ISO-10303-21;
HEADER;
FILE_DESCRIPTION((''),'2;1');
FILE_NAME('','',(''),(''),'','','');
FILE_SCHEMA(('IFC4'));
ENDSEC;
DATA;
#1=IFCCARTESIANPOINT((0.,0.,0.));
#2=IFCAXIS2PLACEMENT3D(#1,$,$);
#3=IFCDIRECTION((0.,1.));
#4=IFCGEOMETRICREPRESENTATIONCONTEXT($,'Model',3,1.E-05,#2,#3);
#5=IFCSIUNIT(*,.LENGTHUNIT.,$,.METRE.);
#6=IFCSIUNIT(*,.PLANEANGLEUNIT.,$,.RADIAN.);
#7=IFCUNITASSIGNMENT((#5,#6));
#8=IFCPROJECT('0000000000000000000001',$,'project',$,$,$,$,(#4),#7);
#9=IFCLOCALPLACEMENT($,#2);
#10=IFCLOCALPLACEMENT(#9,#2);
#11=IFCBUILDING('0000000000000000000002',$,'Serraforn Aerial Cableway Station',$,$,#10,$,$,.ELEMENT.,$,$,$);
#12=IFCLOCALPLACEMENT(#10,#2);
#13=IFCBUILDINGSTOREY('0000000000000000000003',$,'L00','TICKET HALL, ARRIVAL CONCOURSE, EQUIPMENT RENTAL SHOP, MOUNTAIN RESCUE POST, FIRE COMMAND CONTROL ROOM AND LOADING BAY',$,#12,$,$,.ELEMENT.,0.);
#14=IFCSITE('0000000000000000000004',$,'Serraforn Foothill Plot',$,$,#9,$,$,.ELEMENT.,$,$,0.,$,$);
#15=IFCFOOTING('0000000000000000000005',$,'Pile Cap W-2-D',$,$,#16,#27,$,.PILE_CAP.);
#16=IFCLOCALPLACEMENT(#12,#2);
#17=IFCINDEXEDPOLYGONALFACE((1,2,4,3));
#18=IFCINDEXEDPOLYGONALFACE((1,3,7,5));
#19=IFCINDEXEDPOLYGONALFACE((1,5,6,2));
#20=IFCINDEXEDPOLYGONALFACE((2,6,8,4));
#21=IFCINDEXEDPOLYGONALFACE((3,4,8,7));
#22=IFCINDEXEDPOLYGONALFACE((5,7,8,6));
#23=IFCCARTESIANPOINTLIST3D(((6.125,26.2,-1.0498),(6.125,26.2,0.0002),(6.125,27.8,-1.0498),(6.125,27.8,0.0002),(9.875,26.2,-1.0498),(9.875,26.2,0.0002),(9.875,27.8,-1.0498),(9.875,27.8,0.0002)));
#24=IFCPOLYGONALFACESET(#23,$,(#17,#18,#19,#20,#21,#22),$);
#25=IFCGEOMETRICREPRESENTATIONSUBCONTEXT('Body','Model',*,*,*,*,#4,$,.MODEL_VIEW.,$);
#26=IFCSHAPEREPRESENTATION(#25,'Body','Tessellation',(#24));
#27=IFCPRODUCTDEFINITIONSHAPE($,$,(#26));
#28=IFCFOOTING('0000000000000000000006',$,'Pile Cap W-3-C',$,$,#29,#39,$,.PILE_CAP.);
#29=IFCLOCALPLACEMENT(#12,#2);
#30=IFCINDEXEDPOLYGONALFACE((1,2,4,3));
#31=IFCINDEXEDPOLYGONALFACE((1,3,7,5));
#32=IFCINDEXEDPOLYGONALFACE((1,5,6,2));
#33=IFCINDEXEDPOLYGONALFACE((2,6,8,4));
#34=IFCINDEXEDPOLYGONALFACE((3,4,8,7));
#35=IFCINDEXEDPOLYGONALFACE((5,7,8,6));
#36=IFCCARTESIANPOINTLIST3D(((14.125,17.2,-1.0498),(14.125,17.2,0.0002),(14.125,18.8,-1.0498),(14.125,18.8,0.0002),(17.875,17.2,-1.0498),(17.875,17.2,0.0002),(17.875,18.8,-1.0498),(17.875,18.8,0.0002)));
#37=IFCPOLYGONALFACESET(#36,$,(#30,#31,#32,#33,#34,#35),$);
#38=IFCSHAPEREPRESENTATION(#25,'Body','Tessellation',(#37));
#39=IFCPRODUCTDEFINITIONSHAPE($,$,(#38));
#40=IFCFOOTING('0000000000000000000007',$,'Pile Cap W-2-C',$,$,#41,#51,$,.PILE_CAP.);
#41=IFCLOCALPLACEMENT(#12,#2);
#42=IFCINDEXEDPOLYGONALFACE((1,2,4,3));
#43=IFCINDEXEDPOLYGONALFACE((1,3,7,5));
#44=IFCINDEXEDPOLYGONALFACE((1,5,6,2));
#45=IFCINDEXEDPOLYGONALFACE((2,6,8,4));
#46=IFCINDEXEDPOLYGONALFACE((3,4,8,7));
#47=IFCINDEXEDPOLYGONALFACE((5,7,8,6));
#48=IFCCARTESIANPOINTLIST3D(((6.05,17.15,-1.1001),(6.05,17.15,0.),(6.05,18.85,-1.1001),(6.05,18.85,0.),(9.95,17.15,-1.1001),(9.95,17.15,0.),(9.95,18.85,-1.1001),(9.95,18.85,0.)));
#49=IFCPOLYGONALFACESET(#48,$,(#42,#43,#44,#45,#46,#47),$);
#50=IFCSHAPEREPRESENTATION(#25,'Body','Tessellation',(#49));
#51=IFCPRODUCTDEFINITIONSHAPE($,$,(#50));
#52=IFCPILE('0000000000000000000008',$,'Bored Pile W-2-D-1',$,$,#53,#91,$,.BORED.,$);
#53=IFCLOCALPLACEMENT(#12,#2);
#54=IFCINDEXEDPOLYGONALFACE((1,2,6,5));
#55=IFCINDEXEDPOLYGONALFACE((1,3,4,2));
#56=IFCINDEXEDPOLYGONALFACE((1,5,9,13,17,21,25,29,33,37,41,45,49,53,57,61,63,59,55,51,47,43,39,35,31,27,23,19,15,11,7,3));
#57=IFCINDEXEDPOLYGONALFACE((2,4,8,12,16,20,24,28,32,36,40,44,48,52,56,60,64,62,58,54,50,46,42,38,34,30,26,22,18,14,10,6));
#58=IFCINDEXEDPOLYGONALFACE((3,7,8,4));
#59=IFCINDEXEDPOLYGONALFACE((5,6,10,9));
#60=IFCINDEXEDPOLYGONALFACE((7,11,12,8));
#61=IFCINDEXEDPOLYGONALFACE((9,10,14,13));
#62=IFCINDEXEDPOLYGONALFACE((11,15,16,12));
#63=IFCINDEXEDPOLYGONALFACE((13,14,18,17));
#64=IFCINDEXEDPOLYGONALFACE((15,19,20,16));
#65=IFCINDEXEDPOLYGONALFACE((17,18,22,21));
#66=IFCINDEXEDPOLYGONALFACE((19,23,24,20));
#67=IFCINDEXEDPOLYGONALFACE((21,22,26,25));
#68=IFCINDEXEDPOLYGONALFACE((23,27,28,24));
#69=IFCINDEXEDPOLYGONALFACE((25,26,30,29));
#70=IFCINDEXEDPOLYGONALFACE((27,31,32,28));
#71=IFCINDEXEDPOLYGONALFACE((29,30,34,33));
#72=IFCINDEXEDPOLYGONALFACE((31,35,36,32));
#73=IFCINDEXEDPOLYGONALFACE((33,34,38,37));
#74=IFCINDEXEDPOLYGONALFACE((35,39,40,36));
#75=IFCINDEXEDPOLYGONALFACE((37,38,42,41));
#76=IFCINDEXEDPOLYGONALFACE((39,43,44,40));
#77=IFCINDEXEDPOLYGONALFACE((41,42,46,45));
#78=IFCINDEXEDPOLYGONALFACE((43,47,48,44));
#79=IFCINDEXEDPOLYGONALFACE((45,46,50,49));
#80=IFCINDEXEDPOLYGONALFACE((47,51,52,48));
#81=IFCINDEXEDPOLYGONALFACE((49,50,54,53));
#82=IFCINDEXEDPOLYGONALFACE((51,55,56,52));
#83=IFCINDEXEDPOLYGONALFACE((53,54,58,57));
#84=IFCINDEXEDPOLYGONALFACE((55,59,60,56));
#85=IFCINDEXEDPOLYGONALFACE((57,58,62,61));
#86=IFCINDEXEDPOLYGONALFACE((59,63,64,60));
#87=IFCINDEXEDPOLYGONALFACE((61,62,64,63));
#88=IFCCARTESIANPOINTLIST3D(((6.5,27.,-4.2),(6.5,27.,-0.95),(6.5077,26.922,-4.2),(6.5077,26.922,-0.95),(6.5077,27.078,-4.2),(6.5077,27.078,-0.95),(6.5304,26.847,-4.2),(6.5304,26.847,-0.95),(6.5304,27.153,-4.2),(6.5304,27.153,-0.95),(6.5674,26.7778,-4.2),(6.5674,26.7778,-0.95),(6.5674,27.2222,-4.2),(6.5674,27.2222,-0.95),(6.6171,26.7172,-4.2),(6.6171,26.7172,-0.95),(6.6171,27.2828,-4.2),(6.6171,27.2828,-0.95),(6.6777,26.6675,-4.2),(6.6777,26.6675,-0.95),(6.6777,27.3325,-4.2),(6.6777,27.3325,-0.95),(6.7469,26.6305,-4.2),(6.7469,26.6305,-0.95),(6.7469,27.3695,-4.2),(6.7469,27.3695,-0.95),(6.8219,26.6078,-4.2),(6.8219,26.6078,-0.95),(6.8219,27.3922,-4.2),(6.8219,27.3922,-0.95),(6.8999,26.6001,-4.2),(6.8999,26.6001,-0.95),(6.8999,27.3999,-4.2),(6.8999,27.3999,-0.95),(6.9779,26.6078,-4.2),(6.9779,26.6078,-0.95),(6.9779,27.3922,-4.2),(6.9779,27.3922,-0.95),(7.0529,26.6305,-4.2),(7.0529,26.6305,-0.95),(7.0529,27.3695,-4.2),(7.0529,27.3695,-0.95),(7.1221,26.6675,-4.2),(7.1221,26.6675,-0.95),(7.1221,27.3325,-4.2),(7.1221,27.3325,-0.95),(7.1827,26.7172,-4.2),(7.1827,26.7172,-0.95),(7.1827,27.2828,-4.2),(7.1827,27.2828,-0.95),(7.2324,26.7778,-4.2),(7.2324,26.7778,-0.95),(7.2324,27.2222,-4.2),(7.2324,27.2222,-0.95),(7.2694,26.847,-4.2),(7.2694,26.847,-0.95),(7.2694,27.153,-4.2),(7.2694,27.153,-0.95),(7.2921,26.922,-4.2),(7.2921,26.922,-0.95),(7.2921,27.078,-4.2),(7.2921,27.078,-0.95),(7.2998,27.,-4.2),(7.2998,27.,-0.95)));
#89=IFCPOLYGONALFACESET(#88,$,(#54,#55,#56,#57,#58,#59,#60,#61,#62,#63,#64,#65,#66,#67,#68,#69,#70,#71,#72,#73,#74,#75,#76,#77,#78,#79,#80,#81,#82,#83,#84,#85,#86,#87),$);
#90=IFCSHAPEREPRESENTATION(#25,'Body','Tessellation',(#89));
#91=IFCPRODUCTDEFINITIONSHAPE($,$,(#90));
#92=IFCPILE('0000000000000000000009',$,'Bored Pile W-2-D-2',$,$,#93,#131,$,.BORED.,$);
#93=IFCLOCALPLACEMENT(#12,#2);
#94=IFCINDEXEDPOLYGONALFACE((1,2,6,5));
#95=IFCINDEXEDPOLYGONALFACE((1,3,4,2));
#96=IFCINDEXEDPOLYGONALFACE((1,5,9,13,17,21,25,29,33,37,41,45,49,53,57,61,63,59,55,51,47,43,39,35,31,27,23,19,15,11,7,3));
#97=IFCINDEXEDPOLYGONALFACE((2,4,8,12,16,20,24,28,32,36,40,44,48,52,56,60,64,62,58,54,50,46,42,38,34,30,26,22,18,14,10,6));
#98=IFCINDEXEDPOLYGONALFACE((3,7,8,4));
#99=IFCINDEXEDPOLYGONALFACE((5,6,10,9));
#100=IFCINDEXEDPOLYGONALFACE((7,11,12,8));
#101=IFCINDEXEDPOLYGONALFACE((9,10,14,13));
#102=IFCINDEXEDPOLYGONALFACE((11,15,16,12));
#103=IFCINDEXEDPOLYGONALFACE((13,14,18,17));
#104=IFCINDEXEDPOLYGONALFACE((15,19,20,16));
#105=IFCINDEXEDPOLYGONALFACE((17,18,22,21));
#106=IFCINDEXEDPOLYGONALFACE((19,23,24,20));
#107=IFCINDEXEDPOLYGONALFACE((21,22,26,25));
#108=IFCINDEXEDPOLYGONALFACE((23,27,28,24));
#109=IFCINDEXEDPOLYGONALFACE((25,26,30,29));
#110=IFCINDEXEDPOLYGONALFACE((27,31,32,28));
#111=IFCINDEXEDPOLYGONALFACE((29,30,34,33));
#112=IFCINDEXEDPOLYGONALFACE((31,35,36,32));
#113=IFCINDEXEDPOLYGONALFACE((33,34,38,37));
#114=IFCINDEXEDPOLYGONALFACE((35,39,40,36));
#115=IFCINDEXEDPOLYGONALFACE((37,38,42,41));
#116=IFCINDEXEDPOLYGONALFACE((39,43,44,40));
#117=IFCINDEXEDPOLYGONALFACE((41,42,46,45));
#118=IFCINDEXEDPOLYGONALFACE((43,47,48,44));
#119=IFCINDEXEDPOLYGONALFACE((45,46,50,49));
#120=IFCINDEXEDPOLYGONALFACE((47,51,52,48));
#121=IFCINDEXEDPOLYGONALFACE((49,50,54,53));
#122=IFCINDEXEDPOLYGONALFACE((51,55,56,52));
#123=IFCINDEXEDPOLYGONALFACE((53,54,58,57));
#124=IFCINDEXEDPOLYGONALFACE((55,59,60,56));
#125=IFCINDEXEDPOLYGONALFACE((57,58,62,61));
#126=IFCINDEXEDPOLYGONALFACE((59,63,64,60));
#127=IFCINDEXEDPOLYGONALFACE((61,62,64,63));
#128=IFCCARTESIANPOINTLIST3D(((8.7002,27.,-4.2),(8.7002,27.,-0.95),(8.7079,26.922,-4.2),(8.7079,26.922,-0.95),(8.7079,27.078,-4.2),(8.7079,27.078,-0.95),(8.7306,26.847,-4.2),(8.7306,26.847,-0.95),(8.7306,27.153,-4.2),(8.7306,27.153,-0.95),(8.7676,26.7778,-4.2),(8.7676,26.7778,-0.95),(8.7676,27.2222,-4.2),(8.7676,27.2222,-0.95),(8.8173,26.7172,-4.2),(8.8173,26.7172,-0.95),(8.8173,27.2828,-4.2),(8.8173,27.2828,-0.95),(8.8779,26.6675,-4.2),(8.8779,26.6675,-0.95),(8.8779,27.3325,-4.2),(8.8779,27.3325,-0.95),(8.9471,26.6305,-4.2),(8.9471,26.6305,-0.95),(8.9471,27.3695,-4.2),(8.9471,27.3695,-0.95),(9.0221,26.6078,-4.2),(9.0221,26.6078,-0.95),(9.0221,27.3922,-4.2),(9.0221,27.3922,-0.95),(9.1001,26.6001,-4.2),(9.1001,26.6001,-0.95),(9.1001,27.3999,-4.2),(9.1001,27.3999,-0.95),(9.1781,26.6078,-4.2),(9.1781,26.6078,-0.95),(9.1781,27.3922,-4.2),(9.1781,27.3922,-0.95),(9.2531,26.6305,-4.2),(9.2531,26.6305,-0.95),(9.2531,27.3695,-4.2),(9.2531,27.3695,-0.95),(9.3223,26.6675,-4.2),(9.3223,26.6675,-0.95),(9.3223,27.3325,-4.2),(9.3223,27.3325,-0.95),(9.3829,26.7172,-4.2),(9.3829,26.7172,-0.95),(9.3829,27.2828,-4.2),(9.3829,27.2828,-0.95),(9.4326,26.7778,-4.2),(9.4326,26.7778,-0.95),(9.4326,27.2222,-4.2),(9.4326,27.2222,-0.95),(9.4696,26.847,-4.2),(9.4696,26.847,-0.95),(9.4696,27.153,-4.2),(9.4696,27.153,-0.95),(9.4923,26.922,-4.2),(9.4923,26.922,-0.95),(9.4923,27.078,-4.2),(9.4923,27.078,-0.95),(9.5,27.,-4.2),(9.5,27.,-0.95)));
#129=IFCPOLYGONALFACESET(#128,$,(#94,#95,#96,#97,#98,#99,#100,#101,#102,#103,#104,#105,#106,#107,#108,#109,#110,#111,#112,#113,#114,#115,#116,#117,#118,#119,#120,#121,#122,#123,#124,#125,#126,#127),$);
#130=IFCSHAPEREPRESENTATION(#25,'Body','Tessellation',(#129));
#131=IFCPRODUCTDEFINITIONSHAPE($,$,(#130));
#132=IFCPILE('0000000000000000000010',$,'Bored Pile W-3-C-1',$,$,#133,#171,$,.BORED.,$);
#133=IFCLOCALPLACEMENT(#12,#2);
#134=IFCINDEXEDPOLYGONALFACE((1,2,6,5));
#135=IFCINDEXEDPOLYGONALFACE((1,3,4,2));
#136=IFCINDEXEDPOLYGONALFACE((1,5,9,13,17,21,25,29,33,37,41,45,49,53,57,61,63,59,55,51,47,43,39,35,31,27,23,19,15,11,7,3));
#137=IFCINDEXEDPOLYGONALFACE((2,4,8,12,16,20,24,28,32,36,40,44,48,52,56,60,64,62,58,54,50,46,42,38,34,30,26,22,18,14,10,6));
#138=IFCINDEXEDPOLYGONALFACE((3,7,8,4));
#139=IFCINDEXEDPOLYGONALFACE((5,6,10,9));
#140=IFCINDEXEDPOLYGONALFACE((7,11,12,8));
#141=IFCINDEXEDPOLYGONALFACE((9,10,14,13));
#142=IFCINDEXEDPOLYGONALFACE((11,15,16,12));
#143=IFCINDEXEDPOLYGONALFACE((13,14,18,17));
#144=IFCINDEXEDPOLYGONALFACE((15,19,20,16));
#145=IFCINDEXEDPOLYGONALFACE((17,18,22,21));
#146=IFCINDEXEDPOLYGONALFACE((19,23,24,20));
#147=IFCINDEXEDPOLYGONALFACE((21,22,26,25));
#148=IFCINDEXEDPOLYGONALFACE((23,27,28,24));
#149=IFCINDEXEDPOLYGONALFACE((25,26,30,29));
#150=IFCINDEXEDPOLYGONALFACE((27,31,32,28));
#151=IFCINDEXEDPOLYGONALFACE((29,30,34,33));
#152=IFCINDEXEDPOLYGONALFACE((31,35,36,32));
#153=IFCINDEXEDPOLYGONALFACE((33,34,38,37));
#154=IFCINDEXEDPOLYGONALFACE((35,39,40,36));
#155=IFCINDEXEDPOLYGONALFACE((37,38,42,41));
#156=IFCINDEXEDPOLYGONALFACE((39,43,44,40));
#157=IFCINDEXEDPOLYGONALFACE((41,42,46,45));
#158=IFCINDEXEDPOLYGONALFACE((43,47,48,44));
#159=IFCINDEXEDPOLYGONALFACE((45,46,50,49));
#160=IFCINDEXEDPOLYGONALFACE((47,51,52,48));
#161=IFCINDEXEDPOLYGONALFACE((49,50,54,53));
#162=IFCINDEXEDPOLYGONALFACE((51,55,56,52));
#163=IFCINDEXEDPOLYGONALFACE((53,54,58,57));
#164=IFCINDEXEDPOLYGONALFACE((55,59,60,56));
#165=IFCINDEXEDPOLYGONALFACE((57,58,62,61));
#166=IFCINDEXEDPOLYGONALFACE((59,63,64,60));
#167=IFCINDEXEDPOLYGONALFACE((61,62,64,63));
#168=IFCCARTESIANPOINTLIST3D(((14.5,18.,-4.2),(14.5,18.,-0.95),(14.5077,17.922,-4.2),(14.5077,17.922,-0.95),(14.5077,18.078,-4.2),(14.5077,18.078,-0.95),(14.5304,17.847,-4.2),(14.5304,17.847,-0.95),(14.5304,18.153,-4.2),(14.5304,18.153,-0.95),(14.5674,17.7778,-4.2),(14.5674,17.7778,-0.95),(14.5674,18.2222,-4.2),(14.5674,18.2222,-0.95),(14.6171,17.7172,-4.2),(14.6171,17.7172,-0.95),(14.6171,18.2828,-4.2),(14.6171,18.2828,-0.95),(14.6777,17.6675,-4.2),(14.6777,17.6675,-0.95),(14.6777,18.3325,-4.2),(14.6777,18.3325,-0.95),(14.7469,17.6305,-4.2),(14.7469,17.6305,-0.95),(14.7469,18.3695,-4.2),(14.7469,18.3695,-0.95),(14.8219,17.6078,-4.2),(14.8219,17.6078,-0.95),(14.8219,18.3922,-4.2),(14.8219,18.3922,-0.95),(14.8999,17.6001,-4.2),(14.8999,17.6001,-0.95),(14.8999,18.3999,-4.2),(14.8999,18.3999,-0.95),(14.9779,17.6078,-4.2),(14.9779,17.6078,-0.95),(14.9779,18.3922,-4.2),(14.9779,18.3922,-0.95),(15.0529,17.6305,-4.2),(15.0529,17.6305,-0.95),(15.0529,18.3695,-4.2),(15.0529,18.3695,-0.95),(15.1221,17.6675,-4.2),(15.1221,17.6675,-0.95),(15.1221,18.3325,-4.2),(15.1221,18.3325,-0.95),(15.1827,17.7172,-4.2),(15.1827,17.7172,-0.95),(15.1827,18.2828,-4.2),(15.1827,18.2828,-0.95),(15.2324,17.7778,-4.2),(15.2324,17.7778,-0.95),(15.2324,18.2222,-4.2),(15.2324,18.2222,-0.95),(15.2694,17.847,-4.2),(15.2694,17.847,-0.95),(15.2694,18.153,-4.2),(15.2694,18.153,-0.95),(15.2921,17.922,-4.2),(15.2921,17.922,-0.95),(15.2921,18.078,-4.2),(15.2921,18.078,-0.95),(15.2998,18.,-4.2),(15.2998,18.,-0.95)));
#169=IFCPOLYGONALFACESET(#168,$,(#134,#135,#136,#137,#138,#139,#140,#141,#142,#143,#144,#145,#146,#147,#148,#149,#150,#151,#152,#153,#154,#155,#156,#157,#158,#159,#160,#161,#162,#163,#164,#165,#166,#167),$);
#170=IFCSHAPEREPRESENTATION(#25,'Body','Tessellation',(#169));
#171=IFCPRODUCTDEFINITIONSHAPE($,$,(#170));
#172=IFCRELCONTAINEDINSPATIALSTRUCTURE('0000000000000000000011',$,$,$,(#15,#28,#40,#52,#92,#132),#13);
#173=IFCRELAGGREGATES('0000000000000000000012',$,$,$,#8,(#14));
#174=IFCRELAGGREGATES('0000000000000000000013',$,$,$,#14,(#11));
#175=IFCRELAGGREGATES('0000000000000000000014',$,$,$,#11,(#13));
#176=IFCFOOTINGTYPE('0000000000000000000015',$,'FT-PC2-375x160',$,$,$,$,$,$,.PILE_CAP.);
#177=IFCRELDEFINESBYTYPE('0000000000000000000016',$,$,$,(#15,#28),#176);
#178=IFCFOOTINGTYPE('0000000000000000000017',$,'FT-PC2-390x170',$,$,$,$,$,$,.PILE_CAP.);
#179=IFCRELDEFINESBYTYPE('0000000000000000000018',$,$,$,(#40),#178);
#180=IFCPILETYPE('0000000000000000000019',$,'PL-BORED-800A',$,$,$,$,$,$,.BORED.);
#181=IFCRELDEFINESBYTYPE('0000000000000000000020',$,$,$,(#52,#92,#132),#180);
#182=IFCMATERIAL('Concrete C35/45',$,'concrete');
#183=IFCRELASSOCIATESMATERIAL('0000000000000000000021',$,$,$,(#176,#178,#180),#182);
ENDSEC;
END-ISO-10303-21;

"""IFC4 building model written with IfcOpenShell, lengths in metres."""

from ifc_helpers import new_model, si_unit, direction, frame, origin, origin_2d, place, context, subcontext, project, spatial, rectangle, circle, extrude, material, material_profile, profile_set, type_object, element, save


model = new_model("IFC4")

# Units and contexts
model_context = context("Model", 3, precision=1e-05, world=origin(), true_north=direction((0.0, 1.0)))
body_context = subcontext(model_context, "Body", "Model", "MODEL_VIEW")
ifc_project = project(units=[si_unit("LENGTHUNIT", "METRE"), si_unit("PLANEANGLEUNIT", "RADIAN")], contexts=[model_context])

# Site, building, storey
site_placement = place(None, origin())
site = spatial("IfcSite", under=ifc_project, at=site_placement, Name="Serraforn Foothill Plot", CompositionType="ELEMENT", RefElevation=0.0)
building_placement = place(site_placement, origin())
building = spatial("IfcBuilding", under=site, at=building_placement, Name="Serraforn Aerial Cableway Station", CompositionType="ELEMENT")
storey_placement = place(building_placement, origin())
storey = spatial("IfcBuildingStorey", under=building, at=storey_placement, Name="L00", Description="TICKET HALL, ARRIVAL CONCOURSE, EQUIPMENT RENTAL SHOP, MOUNTAIN RESCUE POST, FIRE COMMAND CONTROL ROOM AND LOADING BAY", CompositionType="ELEMENT", Elevation=0.0)

# Footings
ifc_material_1 = material(Name="Concrete C35/45", Category="concrete")
footing_type_1 = type_object("IfcFootingType", Name="FT-PC2-375x160", PredefinedType="PILE_CAP", material=ifc_material_1)
for number, where, z_axis, x_axis, name in (
    (1, (8.0, 27.0, -1.0498), (0.0, 0.0, 1.0), (1.0, 0.0, 0.0), "Pile Cap W-2-D"),
    (2, (16.0, 18.0, -1.0498), (0.0, 0.0, 1.0), (1.0, 0.0, 0.0), "Pile Cap W-3-C"),
):
    element("IfcFooting", number, at=place(storey_placement, frame(where, z_axis=z_axis, x_axis=x_axis)), inside=storey, type_object=footing_type_1, Name=name, PredefinedType="PILE_CAP", context=body_context, shape_type="SweptSolid", body=[
        extrude(rectangle(XDim=3.75, YDim=1.6001, at=origin_2d()), origin(), (0.0, 0.0, 1.0), 1.05),
    ])
footing_type_2 = type_object("IfcFootingType", Name="FT-PC2-390x170", PredefinedType="PILE_CAP", material=ifc_material_1)
footing_placement = place(storey_placement, frame((8.0, 18.0, -1.1001), z_axis=(0.0, 0.0, 1.0), x_axis=(1.0, 0.0, 0.0)))
element("IfcFooting", 3, at=footing_placement, inside=storey, type_object=footing_type_2, Name="Pile Cap W-2-C", PredefinedType="PILE_CAP", context=body_context, shape_type="SweptSolid", body=[
    extrude(rectangle(XDim=3.8999, YDim=1.7, at=origin_2d()), origin(), (0.0, 0.0, 1.0), 1.1001),
])

# Piles
ifc_material_profile_1 = material_profile(ifc_material_1, circle(Radius=0.3999, at=origin_2d()), Name="BORED PILE D800")
ifc_profile_set_1 = profile_set([ifc_material_profile_1], Name="Concrete C35/45")
pile_type_1 = type_object("IfcPileType", Name="PL-BORED-800A", PredefinedType="BORED", material=ifc_profile_set_1)
for number, where, z_axis, x_axis, name in (
    (4, (6.8999, 27.0, -0.95), (0.0, 0.0, -1.0), (1.0, 0.0, 0.0), "Bored Pile W-2-D-1"),
    (5, (9.1001, 27.0, -0.95), (0.0, 0.0, -1.0), (1.0, 0.0, 0.0), "Bored Pile W-2-D-2"),
    (6, (14.8999, 18.0, -0.95), (0.0, 0.0, -1.0), (1.0, 0.0, 0.0), "Bored Pile W-3-C-1"),
):
    element("IfcPile", number, at=place(storey_placement, frame(where, z_axis=z_axis, x_axis=x_axis)), inside=storey, type_object=pile_type_1, Name=name, PredefinedType="BORED", context=body_context, shape_type="SweptSolid", body=[
        extrude(circle(Radius=0.3999, at=origin_2d()), origin(), (0.0, 0.0, 1.0), 3.25),
    ])

save(model, "model.ifc")
